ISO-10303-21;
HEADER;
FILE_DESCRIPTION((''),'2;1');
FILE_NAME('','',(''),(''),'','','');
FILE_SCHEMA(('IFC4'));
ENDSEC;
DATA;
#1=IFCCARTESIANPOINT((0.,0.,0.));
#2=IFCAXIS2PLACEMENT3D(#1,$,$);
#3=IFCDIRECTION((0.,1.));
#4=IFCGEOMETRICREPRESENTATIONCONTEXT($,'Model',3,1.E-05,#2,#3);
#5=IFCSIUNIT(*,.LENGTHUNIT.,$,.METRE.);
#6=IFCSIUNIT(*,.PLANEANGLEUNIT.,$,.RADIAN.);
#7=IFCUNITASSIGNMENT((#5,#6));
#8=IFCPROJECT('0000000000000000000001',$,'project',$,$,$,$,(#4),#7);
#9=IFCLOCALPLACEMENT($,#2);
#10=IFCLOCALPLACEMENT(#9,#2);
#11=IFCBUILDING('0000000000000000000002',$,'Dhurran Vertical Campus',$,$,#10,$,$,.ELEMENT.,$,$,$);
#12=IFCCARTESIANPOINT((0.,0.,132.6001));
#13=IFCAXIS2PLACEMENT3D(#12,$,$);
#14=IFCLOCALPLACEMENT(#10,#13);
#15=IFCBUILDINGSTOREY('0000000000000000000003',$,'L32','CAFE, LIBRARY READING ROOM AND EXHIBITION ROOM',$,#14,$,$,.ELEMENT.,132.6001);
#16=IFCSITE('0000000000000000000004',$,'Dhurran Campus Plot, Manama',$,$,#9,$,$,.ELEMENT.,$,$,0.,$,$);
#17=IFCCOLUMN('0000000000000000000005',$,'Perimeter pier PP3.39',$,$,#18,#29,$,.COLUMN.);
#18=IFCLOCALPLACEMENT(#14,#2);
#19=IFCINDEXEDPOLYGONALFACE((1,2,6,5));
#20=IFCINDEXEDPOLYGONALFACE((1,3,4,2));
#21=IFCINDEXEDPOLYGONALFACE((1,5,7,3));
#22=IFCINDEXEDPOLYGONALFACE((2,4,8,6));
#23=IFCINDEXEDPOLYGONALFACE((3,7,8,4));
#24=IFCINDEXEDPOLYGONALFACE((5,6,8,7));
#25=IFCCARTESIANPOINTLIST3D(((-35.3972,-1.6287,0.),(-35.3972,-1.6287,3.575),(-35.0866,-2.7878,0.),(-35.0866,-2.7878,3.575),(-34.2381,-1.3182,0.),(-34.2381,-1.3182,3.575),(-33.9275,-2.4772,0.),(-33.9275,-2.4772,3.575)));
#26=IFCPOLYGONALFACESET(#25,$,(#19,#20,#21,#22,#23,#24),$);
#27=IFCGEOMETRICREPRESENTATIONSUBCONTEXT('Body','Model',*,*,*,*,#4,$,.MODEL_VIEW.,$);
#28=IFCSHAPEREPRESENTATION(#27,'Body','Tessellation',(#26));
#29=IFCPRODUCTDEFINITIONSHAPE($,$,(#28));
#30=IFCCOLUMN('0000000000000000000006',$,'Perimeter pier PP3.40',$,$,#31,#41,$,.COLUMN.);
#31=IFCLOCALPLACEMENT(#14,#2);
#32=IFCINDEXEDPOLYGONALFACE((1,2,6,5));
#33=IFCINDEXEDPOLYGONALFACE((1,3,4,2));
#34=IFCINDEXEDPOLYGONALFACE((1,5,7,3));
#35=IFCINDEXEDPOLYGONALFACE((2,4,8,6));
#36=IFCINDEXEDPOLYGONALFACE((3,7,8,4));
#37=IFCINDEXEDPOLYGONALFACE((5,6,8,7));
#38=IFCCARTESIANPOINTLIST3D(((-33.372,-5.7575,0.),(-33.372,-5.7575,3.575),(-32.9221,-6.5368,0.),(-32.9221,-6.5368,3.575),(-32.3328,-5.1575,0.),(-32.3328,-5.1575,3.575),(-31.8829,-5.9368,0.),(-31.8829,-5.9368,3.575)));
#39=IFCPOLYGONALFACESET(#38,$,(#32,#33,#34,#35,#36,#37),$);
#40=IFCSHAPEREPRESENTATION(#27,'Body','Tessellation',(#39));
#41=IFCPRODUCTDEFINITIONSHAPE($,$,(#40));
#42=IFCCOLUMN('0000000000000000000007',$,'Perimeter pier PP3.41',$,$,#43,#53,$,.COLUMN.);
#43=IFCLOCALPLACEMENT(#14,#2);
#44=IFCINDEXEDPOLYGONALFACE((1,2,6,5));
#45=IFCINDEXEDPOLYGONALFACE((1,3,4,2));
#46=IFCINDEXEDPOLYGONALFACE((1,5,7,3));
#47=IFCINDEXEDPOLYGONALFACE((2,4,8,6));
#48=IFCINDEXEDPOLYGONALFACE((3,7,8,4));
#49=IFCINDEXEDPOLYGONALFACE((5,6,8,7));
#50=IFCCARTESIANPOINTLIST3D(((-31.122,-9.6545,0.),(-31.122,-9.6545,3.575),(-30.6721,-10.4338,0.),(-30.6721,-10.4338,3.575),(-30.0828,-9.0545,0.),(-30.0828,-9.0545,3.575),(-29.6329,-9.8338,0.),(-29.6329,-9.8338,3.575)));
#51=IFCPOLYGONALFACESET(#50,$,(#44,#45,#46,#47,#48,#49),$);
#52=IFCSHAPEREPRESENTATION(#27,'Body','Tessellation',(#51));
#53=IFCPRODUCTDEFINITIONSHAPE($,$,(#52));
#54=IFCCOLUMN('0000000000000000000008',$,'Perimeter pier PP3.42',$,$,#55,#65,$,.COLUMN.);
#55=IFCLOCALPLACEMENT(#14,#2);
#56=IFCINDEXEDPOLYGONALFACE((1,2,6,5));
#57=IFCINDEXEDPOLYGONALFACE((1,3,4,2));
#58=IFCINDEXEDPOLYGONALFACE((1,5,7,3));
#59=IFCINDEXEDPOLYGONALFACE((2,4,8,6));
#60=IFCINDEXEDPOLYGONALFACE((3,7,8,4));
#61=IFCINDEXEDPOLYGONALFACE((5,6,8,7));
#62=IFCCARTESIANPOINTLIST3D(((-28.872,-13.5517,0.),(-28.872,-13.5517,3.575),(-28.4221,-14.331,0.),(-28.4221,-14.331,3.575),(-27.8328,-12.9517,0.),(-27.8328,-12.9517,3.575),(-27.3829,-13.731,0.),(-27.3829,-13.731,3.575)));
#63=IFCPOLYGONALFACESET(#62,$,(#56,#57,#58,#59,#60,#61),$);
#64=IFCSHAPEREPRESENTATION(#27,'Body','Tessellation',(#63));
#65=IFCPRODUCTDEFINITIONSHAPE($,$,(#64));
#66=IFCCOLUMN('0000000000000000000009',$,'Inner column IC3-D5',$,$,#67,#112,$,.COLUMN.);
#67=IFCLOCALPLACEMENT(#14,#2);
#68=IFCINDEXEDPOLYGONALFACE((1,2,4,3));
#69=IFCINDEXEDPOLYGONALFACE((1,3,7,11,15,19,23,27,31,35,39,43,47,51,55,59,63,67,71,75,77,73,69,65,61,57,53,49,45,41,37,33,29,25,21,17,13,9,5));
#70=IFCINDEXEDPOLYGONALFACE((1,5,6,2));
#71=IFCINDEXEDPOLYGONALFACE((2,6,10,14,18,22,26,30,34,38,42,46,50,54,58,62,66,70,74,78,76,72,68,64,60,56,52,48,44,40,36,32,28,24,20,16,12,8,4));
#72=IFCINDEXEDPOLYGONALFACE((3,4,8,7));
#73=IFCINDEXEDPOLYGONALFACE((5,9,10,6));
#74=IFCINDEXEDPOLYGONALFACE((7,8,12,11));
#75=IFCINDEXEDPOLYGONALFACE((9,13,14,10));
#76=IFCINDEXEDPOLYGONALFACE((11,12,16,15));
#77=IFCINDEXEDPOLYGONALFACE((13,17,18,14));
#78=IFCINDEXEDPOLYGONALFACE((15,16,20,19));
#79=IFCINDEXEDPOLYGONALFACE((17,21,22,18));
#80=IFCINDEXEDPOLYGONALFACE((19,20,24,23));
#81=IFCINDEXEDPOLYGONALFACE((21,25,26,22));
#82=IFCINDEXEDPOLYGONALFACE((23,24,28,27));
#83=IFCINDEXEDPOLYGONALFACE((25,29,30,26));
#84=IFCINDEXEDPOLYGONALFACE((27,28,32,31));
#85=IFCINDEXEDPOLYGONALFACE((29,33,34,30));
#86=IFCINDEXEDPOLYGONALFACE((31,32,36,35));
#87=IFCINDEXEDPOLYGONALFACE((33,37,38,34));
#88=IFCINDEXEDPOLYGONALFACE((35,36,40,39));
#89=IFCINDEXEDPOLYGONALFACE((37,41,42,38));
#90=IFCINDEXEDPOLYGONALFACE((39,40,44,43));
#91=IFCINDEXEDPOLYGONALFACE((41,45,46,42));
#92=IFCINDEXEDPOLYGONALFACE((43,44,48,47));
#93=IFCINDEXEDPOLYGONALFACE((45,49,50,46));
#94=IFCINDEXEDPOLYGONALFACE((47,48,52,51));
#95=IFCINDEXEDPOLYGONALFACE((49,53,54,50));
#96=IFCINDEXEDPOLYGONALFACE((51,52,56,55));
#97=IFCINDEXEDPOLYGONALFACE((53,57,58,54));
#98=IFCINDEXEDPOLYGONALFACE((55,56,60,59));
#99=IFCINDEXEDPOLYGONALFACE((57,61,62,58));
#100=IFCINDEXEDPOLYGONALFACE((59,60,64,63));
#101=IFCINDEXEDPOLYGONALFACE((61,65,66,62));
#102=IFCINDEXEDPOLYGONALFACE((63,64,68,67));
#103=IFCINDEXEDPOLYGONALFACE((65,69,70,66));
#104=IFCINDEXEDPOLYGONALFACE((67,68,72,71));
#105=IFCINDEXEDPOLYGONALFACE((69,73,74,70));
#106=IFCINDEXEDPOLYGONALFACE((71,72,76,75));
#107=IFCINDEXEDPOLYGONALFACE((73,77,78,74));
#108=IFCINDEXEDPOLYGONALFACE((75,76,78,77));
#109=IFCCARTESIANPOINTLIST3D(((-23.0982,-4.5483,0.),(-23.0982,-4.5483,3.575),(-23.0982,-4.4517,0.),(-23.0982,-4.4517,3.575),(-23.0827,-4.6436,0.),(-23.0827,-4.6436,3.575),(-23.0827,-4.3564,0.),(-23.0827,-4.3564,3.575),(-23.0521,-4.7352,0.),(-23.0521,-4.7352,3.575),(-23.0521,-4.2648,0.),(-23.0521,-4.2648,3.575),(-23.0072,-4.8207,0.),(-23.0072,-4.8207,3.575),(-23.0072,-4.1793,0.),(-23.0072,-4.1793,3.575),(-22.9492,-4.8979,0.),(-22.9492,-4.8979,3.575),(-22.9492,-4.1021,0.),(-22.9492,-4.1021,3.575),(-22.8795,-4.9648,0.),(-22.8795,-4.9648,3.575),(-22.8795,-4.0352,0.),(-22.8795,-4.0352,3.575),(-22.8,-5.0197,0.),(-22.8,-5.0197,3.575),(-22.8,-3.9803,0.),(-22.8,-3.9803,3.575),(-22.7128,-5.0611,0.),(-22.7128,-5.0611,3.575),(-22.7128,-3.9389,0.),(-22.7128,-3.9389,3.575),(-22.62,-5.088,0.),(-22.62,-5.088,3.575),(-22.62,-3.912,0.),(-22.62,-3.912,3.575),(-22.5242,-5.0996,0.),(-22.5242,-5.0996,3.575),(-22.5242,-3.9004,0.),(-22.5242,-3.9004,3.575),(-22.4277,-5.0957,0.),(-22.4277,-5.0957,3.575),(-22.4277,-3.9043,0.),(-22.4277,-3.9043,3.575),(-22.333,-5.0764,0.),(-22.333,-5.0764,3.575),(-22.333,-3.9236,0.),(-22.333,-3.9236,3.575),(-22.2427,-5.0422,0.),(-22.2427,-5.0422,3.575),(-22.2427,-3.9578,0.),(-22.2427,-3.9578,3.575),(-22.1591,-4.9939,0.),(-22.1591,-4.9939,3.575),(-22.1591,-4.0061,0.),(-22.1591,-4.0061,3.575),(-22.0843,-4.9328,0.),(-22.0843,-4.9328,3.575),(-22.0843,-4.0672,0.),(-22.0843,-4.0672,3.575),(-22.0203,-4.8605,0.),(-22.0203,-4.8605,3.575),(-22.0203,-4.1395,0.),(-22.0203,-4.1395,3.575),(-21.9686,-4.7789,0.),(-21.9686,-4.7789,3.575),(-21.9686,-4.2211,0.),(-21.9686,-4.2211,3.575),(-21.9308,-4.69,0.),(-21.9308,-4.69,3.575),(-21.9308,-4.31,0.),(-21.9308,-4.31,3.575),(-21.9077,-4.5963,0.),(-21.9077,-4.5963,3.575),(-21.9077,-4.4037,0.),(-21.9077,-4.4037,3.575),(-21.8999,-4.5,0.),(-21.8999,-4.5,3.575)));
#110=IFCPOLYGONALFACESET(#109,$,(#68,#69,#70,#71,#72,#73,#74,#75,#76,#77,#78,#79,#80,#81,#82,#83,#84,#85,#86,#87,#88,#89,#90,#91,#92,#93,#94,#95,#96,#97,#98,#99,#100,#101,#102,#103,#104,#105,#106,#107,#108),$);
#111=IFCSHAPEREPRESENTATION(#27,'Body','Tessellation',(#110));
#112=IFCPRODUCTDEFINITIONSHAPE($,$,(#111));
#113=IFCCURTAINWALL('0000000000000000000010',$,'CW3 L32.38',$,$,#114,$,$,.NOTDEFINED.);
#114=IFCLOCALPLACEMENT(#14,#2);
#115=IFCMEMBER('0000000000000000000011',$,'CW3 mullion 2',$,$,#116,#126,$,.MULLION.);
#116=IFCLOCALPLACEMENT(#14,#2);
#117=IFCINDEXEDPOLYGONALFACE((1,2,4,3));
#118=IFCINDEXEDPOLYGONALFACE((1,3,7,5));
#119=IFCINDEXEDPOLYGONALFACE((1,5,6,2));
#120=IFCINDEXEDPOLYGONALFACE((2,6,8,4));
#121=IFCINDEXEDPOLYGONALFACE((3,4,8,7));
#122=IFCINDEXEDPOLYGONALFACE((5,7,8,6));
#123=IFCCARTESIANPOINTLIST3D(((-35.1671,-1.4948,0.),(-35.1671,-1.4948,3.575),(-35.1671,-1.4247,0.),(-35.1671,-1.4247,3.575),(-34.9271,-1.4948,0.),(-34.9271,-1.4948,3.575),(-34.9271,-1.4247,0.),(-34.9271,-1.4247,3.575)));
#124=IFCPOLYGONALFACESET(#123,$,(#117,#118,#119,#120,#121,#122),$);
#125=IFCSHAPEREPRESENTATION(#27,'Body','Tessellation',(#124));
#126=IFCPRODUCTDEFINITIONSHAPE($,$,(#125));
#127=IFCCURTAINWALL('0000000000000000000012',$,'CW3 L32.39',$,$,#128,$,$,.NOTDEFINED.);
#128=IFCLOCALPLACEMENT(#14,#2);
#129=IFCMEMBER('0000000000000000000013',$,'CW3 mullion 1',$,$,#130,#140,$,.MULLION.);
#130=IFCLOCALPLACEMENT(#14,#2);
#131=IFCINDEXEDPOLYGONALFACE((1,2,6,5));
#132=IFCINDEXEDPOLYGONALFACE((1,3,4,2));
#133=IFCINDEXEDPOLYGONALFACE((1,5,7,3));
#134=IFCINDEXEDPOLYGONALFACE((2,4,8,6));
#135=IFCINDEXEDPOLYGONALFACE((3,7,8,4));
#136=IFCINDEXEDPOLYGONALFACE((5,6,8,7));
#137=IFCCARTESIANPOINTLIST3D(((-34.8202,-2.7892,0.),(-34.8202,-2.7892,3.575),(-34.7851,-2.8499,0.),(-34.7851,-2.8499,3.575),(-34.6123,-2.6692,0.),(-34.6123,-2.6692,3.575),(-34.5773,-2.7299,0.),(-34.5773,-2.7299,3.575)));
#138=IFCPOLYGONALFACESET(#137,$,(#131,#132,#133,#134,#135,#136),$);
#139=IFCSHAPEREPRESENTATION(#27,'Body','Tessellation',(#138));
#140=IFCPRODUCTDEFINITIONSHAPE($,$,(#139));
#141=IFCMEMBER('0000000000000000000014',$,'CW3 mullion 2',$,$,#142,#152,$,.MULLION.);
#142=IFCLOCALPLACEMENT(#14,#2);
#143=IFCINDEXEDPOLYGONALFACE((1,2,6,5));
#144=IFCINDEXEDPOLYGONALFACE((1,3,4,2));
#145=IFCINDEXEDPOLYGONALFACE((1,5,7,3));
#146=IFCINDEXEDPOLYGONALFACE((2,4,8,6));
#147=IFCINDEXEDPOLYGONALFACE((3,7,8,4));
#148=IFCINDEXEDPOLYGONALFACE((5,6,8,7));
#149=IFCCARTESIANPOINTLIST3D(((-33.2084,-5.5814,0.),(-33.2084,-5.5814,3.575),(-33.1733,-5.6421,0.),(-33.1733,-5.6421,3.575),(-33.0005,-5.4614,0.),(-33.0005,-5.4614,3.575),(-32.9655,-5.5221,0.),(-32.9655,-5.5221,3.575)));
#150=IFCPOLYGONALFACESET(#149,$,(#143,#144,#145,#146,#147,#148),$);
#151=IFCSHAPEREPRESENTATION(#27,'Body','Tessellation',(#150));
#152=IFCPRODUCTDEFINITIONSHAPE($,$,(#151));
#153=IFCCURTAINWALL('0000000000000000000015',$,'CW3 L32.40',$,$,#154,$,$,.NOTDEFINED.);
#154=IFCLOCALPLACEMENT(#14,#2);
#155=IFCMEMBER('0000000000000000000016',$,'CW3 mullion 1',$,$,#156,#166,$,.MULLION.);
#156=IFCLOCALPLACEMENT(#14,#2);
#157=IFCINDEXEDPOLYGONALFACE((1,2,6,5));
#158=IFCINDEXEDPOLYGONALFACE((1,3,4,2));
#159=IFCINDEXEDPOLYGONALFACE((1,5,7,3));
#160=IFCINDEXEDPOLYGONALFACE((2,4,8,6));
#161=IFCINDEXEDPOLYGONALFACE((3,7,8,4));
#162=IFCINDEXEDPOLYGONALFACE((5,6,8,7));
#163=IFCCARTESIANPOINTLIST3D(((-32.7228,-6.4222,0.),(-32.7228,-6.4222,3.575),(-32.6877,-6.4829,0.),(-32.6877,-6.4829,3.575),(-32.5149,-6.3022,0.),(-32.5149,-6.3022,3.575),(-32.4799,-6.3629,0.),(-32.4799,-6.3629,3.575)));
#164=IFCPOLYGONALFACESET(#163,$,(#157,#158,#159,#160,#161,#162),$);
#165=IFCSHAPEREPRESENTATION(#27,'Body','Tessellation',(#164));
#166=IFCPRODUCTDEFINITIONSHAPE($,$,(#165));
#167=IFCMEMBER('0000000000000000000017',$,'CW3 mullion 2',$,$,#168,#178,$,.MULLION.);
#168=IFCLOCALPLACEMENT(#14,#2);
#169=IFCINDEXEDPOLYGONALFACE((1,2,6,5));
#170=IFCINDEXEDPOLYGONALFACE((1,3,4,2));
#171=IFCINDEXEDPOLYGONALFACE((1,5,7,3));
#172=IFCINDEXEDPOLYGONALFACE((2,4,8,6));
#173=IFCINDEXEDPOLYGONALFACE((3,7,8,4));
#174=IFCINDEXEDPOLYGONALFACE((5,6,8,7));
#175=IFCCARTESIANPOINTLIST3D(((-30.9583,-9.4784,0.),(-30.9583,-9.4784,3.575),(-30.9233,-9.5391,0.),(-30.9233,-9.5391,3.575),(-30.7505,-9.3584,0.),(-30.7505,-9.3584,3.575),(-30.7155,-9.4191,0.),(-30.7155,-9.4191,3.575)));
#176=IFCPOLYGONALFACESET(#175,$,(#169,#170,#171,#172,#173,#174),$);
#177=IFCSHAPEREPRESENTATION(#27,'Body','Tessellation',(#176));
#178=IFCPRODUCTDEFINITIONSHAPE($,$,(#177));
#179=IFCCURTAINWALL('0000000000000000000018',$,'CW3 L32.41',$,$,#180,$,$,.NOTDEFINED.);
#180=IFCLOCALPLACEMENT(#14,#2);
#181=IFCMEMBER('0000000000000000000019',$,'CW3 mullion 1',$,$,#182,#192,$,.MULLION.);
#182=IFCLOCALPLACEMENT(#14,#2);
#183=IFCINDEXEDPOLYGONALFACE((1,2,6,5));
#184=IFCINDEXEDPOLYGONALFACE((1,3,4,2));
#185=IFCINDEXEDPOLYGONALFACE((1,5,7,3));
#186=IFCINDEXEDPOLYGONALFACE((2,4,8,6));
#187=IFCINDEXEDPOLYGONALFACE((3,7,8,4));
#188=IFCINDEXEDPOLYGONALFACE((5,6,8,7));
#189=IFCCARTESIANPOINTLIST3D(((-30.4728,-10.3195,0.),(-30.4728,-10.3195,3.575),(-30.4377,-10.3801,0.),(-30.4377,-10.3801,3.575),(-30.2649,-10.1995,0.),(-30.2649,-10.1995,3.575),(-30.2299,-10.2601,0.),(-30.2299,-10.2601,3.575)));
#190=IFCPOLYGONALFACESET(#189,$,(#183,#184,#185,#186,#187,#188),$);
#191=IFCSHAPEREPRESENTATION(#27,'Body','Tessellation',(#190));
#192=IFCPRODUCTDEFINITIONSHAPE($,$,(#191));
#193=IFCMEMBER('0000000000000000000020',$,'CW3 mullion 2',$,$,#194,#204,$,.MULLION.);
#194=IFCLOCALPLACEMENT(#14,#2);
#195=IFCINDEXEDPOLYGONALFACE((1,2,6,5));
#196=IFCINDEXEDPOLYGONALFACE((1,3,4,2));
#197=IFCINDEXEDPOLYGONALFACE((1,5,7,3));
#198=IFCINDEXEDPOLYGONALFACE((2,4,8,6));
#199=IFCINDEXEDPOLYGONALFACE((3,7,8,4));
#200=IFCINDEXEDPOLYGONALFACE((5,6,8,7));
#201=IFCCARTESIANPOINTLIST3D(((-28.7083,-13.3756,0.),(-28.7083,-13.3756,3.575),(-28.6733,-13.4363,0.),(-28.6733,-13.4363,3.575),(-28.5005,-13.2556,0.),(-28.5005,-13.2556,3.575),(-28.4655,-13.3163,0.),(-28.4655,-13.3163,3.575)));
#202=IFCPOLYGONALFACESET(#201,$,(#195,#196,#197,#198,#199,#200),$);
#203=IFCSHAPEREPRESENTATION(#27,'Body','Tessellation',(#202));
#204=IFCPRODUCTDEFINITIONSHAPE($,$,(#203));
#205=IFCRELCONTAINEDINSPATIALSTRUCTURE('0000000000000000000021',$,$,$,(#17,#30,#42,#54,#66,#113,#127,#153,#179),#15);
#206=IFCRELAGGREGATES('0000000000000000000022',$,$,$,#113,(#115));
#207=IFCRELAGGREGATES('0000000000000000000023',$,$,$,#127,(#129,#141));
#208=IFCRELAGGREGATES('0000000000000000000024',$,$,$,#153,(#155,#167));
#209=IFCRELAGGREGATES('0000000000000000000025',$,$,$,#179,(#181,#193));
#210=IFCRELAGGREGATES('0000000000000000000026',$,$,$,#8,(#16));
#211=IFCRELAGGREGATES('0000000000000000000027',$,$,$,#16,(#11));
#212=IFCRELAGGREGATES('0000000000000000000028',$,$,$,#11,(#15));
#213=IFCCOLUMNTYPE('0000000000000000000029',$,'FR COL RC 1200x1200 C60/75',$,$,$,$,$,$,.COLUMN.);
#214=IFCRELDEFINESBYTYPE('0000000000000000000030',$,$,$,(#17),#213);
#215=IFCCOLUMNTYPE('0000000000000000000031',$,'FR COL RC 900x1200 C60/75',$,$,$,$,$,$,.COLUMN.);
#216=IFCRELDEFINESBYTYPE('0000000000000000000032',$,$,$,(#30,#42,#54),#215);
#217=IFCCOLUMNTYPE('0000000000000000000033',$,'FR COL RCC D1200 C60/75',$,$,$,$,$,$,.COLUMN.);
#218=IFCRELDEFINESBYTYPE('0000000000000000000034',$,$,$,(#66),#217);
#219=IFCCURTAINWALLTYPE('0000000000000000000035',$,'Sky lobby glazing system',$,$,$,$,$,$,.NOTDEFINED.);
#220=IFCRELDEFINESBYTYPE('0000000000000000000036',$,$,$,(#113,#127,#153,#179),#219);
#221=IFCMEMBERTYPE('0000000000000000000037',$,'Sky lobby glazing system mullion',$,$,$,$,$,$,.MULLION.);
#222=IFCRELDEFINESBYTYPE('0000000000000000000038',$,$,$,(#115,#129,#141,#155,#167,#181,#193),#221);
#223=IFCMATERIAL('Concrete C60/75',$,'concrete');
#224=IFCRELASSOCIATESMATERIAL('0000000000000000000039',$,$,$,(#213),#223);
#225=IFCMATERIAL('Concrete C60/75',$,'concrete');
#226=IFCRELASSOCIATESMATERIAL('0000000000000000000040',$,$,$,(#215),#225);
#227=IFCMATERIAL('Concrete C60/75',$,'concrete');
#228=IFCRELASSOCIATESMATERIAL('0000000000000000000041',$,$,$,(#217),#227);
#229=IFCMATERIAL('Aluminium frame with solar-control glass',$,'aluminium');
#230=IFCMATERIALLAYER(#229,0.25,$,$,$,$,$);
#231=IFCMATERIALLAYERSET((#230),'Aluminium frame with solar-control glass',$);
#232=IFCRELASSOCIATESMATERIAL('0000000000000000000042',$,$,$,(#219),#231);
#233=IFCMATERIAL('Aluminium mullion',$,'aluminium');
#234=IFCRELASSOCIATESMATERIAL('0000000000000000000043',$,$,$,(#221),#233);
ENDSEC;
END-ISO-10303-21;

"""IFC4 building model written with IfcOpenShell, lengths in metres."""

from ifc_helpers import new_model, si_unit, direction, frame, origin, origin_2d, place, context, subcontext, project, spatial, rectangle, circle, extrude, material, layer, layer_set, material_profile, profile_set, type_object, element, aggregate, save


model = new_model("IFC4")

# Units and contexts
model_context = context("Model", 3, precision=1e-05, world=origin(), true_north=direction((0.0, 1.0)))
body_context = subcontext(model_context, "Body", "Model", "MODEL_VIEW")
ifc_project = project(units=[si_unit("LENGTHUNIT", "METRE"), si_unit("PLANEANGLEUNIT", "RADIAN")], contexts=[model_context])

# Site, building, storey
site_placement = place(None, origin())
site = spatial("IfcSite", under=ifc_project, at=site_placement, Name="Dhurran Campus Plot, Manama", CompositionType="ELEMENT", RefElevation=0.0)
building_placement = place(site_placement, origin())
building = spatial("IfcBuilding", under=site, at=building_placement, Name="Dhurran Vertical Campus", CompositionType="ELEMENT")
storey_placement = place(building_placement, frame((0.0, 0.0, 132.6001)))
storey = spatial("IfcBuildingStorey", under=building, at=storey_placement, Name="L32", Description="CAFE, LIBRARY READING ROOM AND EXHIBITION ROOM", CompositionType="ELEMENT", Elevation=132.6001)

# Columns
ifc_material_1 = material(Name="Concrete C60/75", Category="concrete")
ifc_material_profile_1 = material_profile(ifc_material_1, rectangle(XDim=1.2, YDim=1.2, at=origin_2d()), Name="RC 1200x1200")
ifc_profile_set_1 = profile_set([ifc_material_profile_1], Name="Concrete C60/75")
column_type_1 = type_object("IfcColumnType", Name="FR COL RC 1200x1200 C60/75", PredefinedType="COLUMN", material=ifc_profile_set_1)
column_1_placement = place(storey_placement, frame((-34.6624, -2.053, 0.0), z_axis=(0.0, 0.0, 1.0), x_axis=(0.258819, -0.965926, 0.0)))
element("IfcColumn", 1, at=column_1_placement, inside=storey, type_object=column_type_1, Name="Perimeter pier PP3.39", PredefinedType="COLUMN", context=body_context, shape_type="SweptSolid", body=[
    extrude(rectangle(XDim=1.2, YDim=1.2, at=origin_2d()), origin(), (0.0, 0.0, 1.0), 3.575),
])
ifc_material_2 = material(Name="Concrete C60/75", Category="concrete")
ifc_material_profile_2 = material_profile(ifc_material_2, rectangle(XDim=0.8999, YDim=1.2, at=origin_2d()), Name="RC 900x1200")
ifc_profile_set_2 = profile_set([ifc_material_profile_2], Name="Concrete C60/75")
column_type_2 = type_object("IfcColumnType", Name="FR COL RC 900x1200 C60/75", PredefinedType="COLUMN", material=ifc_profile_set_2)
for number, where, z_axis, x_axis, name in (
    (2, (-32.6274, -5.8472, 0.0), (0.0, 0.0, 1.0), (0.5, -0.866025, 0.0), "Perimeter pier PP3.40"),
    (3, (-30.3774, -9.7441, 0.0), (0.0, 0.0, 1.0), (0.5, -0.866025, 0.0), "Perimeter pier PP3.41"),
    (4, (-28.1274, -13.6414, 0.0), (0.0, 0.0, 1.0), (0.5, -0.866025, 0.0), "Perimeter pier PP3.42"),
):
    element("IfcColumn", number, at=place(storey_placement, frame(where, z_axis=z_axis, x_axis=x_axis)), inside=storey, type_object=column_type_2, Name=name, PredefinedType="COLUMN", context=body_context, shape_type="SweptSolid", body=[
        extrude(rectangle(XDim=0.8999, YDim=1.2, at=origin_2d()), origin(), (0.0, 0.0, 1.0), 3.575),
    ])
ifc_material_3 = material(Name="Concrete C60/75", Category="concrete")
ifc_material_profile_3 = material_profile(ifc_material_3, circle(Radius=0.6001, at=origin_2d()), Name="RCC D1200")
ifc_profile_set_3 = profile_set([ifc_material_profile_3], Name="Concrete C60/75")
column_type_3 = type_object("IfcColumnType", Name="FR COL RCC D1200 C60/75", PredefinedType="COLUMN", material=ifc_profile_set_3)
column_2_placement = place(storey_placement, frame((-22.5, -4.5, 0.0), z_axis=(0.0, 0.0, 1.0), x_axis=(1.0, 0.0, 0.0)))
element("IfcColumn", 5, at=column_2_placement, inside=storey, type_object=column_type_3, Name="Inner column IC3-D5", PredefinedType="COLUMN", context=body_context, shape_type="SweptSolid", body=[
    extrude(circle(Radius=0.6001, at=origin_2d()), origin(), (0.0, 0.0, 1.0), 3.575),
])

# Curtain wall, member
ifc_material_4 = material(Name="Aluminium frame with solar-control glass", Category="aluminium")
ifc_layer_1 = layer(ifc_material_4, 0.25)
ifc_layer_set_1 = layer_set([ifc_layer_1], Name="Aluminium frame with solar-control glass")
curtain_wall_type = type_object("IfcCurtainWallType", Name="Sky lobby glazing system", PredefinedType="NOTDEFINED", material=ifc_layer_set_1)
curtain_wall_1_placement = place(storey_placement, origin())
curtain_wall_1 = element("IfcCurtainWall", 6, at=curtain_wall_1_placement, inside=storey, type_object=curtain_wall_type, Name="CW3 L32.38", PredefinedType="NOTDEFINED")
ifc_material_5 = material(Name="Aluminium mullion", Category="aluminium")
ifc_material_profile_4 = material_profile(ifc_material_5, rectangle(XDim=0.24, YDim=0.0701, at=origin_2d()), Name="Sky lobby glazing system mullion")
ifc_profile_set_4 = profile_set([ifc_material_profile_4], Name="Aluminium mullion")
member_type_1 = type_object("IfcMemberType", Name="Sky lobby glazing system mullion", PredefinedType="MULLION", material=ifc_profile_set_4)
member_1_placement = place(storey_placement, frame((-35.0471, -1.4597, 0.0), z_axis=(0.0, 0.0, 1.0), x_axis=(1.0, 0.0, 0.0)))
member_1 = element("IfcMember", 7, at=member_1_placement, type_object=member_type_1, Name="CW3 mullion 2", PredefinedType="MULLION", context=body_context, shape_type="SweptSolid", body=[
    extrude(rectangle(XDim=0.24, YDim=0.0701, at=origin_2d()), origin(), (0.0, 0.0, 1.0), 3.575),
])

# Curtain walls, members
curtain_wall_2_placement = place(storey_placement, origin())
curtain_wall_2 = element("IfcCurtainWall", 8, at=curtain_wall_2_placement, inside=storey, type_object=curtain_wall_type, Name="CW3 L32.39", PredefinedType="NOTDEFINED")
member_2_placement = place(storey_placement, frame((-34.6987, -2.7595, 0.0), z_axis=(0.0, 0.0, 1.0), x_axis=(0.866034, 0.499985, 0.0)))
member_2 = element("IfcMember", 9, at=member_2_placement, type_object=member_type_1, Name="CW3 mullion 1", PredefinedType="MULLION", context=body_context, shape_type="SweptSolid", body=[
    extrude(rectangle(XDim=0.24, YDim=0.0701, at=origin_2d()), origin(), (0.0, 0.0, 1.0), 3.575),
])
member_3_placement = place(storey_placement, frame((-33.0869, -5.5518, 0.0), z_axis=(0.0, 0.0, 1.0), x_axis=(0.866034, 0.499985, 0.0)))
member_3 = element("IfcMember", 10, at=member_3_placement, type_object=member_type_1, Name="CW3 mullion 2", PredefinedType="MULLION", context=body_context, shape_type="SweptSolid", body=[
    extrude(rectangle(XDim=0.24, YDim=0.0701, at=origin_2d()), origin(), (0.0, 0.0, 1.0), 3.575),
])
curtain_wall_3_placement = place(storey_placement, origin())
curtain_wall_3 = element("IfcCurtainWall", 11, at=curtain_wall_3_placement, inside=storey, type_object=curtain_wall_type, Name="CW3 L32.40", PredefinedType="NOTDEFINED")
member_4_placement = place(storey_placement, frame((-32.6013, -6.3926, 0.0), z_axis=(0.0, 0.0, 1.0), x_axis=(0.866024, 0.500003, 0.0)))
member_4 = element("IfcMember", 12, at=member_4_placement, type_object=member_type_1, Name="CW3 mullion 1", PredefinedType="MULLION", context=body_context, shape_type="SweptSolid", body=[
    extrude(rectangle(XDim=0.24, YDim=0.0701, at=origin_2d()), origin(), (0.0, 0.0, 1.0), 3.575),
])
member_5_placement = place(storey_placement, frame((-30.8369, -9.4487, 0.0), z_axis=(0.0, 0.0, 1.0), x_axis=(0.866024, 0.500003, 0.0)))
member_5 = element("IfcMember", 13, at=member_5_placement, type_object=member_type_1, Name="CW3 mullion 2", PredefinedType="MULLION", context=body_context, shape_type="SweptSolid", body=[
    extrude(rectangle(XDim=0.24, YDim=0.0701, at=origin_2d()), origin(), (0.0, 0.0, 1.0), 3.575),
])
curtain_wall_4_placement = place(storey_placement, origin())
curtain_wall_4 = element("IfcCurtainWall", 14, at=curtain_wall_4_placement, inside=storey, type_object=curtain_wall_type, Name="CW3 L32.41", PredefinedType="NOTDEFINED")
member_6_placement = place(storey_placement, frame((-30.3513, -10.2898, 0.0), z_axis=(0.0, 0.0, 1.0), x_axis=(0.866024, 0.500003, 0.0)))
member_6 = element("IfcMember", 15, at=member_6_placement, type_object=member_type_1, Name="CW3 mullion 1", PredefinedType="MULLION", context=body_context, shape_type="SweptSolid", body=[
    extrude(rectangle(XDim=0.24, YDim=0.0701, at=origin_2d()), origin(), (0.0, 0.0, 1.0), 3.575),
])
member_7_placement = place(storey_placement, frame((-28.5869, -13.3459, 0.0), z_axis=(0.0, 0.0, 1.0), x_axis=(0.866024, 0.500003, 0.0)))
member_7 = element("IfcMember", 16, at=member_7_placement, type_object=member_type_1, Name="CW3 mullion 2", PredefinedType="MULLION", context=body_context, shape_type="SweptSolid", body=[
    extrude(rectangle(XDim=0.24, YDim=0.0701, at=origin_2d()), origin(), (0.0, 0.0, 1.0), 3.575),
])

aggregate(curtain_wall_1, [member_1])
aggregate(curtain_wall_2, [member_2, member_3])
aggregate(curtain_wall_3, [member_4, member_5])
aggregate(curtain_wall_4, [member_6, member_7])

save(model, "model.ifc")
